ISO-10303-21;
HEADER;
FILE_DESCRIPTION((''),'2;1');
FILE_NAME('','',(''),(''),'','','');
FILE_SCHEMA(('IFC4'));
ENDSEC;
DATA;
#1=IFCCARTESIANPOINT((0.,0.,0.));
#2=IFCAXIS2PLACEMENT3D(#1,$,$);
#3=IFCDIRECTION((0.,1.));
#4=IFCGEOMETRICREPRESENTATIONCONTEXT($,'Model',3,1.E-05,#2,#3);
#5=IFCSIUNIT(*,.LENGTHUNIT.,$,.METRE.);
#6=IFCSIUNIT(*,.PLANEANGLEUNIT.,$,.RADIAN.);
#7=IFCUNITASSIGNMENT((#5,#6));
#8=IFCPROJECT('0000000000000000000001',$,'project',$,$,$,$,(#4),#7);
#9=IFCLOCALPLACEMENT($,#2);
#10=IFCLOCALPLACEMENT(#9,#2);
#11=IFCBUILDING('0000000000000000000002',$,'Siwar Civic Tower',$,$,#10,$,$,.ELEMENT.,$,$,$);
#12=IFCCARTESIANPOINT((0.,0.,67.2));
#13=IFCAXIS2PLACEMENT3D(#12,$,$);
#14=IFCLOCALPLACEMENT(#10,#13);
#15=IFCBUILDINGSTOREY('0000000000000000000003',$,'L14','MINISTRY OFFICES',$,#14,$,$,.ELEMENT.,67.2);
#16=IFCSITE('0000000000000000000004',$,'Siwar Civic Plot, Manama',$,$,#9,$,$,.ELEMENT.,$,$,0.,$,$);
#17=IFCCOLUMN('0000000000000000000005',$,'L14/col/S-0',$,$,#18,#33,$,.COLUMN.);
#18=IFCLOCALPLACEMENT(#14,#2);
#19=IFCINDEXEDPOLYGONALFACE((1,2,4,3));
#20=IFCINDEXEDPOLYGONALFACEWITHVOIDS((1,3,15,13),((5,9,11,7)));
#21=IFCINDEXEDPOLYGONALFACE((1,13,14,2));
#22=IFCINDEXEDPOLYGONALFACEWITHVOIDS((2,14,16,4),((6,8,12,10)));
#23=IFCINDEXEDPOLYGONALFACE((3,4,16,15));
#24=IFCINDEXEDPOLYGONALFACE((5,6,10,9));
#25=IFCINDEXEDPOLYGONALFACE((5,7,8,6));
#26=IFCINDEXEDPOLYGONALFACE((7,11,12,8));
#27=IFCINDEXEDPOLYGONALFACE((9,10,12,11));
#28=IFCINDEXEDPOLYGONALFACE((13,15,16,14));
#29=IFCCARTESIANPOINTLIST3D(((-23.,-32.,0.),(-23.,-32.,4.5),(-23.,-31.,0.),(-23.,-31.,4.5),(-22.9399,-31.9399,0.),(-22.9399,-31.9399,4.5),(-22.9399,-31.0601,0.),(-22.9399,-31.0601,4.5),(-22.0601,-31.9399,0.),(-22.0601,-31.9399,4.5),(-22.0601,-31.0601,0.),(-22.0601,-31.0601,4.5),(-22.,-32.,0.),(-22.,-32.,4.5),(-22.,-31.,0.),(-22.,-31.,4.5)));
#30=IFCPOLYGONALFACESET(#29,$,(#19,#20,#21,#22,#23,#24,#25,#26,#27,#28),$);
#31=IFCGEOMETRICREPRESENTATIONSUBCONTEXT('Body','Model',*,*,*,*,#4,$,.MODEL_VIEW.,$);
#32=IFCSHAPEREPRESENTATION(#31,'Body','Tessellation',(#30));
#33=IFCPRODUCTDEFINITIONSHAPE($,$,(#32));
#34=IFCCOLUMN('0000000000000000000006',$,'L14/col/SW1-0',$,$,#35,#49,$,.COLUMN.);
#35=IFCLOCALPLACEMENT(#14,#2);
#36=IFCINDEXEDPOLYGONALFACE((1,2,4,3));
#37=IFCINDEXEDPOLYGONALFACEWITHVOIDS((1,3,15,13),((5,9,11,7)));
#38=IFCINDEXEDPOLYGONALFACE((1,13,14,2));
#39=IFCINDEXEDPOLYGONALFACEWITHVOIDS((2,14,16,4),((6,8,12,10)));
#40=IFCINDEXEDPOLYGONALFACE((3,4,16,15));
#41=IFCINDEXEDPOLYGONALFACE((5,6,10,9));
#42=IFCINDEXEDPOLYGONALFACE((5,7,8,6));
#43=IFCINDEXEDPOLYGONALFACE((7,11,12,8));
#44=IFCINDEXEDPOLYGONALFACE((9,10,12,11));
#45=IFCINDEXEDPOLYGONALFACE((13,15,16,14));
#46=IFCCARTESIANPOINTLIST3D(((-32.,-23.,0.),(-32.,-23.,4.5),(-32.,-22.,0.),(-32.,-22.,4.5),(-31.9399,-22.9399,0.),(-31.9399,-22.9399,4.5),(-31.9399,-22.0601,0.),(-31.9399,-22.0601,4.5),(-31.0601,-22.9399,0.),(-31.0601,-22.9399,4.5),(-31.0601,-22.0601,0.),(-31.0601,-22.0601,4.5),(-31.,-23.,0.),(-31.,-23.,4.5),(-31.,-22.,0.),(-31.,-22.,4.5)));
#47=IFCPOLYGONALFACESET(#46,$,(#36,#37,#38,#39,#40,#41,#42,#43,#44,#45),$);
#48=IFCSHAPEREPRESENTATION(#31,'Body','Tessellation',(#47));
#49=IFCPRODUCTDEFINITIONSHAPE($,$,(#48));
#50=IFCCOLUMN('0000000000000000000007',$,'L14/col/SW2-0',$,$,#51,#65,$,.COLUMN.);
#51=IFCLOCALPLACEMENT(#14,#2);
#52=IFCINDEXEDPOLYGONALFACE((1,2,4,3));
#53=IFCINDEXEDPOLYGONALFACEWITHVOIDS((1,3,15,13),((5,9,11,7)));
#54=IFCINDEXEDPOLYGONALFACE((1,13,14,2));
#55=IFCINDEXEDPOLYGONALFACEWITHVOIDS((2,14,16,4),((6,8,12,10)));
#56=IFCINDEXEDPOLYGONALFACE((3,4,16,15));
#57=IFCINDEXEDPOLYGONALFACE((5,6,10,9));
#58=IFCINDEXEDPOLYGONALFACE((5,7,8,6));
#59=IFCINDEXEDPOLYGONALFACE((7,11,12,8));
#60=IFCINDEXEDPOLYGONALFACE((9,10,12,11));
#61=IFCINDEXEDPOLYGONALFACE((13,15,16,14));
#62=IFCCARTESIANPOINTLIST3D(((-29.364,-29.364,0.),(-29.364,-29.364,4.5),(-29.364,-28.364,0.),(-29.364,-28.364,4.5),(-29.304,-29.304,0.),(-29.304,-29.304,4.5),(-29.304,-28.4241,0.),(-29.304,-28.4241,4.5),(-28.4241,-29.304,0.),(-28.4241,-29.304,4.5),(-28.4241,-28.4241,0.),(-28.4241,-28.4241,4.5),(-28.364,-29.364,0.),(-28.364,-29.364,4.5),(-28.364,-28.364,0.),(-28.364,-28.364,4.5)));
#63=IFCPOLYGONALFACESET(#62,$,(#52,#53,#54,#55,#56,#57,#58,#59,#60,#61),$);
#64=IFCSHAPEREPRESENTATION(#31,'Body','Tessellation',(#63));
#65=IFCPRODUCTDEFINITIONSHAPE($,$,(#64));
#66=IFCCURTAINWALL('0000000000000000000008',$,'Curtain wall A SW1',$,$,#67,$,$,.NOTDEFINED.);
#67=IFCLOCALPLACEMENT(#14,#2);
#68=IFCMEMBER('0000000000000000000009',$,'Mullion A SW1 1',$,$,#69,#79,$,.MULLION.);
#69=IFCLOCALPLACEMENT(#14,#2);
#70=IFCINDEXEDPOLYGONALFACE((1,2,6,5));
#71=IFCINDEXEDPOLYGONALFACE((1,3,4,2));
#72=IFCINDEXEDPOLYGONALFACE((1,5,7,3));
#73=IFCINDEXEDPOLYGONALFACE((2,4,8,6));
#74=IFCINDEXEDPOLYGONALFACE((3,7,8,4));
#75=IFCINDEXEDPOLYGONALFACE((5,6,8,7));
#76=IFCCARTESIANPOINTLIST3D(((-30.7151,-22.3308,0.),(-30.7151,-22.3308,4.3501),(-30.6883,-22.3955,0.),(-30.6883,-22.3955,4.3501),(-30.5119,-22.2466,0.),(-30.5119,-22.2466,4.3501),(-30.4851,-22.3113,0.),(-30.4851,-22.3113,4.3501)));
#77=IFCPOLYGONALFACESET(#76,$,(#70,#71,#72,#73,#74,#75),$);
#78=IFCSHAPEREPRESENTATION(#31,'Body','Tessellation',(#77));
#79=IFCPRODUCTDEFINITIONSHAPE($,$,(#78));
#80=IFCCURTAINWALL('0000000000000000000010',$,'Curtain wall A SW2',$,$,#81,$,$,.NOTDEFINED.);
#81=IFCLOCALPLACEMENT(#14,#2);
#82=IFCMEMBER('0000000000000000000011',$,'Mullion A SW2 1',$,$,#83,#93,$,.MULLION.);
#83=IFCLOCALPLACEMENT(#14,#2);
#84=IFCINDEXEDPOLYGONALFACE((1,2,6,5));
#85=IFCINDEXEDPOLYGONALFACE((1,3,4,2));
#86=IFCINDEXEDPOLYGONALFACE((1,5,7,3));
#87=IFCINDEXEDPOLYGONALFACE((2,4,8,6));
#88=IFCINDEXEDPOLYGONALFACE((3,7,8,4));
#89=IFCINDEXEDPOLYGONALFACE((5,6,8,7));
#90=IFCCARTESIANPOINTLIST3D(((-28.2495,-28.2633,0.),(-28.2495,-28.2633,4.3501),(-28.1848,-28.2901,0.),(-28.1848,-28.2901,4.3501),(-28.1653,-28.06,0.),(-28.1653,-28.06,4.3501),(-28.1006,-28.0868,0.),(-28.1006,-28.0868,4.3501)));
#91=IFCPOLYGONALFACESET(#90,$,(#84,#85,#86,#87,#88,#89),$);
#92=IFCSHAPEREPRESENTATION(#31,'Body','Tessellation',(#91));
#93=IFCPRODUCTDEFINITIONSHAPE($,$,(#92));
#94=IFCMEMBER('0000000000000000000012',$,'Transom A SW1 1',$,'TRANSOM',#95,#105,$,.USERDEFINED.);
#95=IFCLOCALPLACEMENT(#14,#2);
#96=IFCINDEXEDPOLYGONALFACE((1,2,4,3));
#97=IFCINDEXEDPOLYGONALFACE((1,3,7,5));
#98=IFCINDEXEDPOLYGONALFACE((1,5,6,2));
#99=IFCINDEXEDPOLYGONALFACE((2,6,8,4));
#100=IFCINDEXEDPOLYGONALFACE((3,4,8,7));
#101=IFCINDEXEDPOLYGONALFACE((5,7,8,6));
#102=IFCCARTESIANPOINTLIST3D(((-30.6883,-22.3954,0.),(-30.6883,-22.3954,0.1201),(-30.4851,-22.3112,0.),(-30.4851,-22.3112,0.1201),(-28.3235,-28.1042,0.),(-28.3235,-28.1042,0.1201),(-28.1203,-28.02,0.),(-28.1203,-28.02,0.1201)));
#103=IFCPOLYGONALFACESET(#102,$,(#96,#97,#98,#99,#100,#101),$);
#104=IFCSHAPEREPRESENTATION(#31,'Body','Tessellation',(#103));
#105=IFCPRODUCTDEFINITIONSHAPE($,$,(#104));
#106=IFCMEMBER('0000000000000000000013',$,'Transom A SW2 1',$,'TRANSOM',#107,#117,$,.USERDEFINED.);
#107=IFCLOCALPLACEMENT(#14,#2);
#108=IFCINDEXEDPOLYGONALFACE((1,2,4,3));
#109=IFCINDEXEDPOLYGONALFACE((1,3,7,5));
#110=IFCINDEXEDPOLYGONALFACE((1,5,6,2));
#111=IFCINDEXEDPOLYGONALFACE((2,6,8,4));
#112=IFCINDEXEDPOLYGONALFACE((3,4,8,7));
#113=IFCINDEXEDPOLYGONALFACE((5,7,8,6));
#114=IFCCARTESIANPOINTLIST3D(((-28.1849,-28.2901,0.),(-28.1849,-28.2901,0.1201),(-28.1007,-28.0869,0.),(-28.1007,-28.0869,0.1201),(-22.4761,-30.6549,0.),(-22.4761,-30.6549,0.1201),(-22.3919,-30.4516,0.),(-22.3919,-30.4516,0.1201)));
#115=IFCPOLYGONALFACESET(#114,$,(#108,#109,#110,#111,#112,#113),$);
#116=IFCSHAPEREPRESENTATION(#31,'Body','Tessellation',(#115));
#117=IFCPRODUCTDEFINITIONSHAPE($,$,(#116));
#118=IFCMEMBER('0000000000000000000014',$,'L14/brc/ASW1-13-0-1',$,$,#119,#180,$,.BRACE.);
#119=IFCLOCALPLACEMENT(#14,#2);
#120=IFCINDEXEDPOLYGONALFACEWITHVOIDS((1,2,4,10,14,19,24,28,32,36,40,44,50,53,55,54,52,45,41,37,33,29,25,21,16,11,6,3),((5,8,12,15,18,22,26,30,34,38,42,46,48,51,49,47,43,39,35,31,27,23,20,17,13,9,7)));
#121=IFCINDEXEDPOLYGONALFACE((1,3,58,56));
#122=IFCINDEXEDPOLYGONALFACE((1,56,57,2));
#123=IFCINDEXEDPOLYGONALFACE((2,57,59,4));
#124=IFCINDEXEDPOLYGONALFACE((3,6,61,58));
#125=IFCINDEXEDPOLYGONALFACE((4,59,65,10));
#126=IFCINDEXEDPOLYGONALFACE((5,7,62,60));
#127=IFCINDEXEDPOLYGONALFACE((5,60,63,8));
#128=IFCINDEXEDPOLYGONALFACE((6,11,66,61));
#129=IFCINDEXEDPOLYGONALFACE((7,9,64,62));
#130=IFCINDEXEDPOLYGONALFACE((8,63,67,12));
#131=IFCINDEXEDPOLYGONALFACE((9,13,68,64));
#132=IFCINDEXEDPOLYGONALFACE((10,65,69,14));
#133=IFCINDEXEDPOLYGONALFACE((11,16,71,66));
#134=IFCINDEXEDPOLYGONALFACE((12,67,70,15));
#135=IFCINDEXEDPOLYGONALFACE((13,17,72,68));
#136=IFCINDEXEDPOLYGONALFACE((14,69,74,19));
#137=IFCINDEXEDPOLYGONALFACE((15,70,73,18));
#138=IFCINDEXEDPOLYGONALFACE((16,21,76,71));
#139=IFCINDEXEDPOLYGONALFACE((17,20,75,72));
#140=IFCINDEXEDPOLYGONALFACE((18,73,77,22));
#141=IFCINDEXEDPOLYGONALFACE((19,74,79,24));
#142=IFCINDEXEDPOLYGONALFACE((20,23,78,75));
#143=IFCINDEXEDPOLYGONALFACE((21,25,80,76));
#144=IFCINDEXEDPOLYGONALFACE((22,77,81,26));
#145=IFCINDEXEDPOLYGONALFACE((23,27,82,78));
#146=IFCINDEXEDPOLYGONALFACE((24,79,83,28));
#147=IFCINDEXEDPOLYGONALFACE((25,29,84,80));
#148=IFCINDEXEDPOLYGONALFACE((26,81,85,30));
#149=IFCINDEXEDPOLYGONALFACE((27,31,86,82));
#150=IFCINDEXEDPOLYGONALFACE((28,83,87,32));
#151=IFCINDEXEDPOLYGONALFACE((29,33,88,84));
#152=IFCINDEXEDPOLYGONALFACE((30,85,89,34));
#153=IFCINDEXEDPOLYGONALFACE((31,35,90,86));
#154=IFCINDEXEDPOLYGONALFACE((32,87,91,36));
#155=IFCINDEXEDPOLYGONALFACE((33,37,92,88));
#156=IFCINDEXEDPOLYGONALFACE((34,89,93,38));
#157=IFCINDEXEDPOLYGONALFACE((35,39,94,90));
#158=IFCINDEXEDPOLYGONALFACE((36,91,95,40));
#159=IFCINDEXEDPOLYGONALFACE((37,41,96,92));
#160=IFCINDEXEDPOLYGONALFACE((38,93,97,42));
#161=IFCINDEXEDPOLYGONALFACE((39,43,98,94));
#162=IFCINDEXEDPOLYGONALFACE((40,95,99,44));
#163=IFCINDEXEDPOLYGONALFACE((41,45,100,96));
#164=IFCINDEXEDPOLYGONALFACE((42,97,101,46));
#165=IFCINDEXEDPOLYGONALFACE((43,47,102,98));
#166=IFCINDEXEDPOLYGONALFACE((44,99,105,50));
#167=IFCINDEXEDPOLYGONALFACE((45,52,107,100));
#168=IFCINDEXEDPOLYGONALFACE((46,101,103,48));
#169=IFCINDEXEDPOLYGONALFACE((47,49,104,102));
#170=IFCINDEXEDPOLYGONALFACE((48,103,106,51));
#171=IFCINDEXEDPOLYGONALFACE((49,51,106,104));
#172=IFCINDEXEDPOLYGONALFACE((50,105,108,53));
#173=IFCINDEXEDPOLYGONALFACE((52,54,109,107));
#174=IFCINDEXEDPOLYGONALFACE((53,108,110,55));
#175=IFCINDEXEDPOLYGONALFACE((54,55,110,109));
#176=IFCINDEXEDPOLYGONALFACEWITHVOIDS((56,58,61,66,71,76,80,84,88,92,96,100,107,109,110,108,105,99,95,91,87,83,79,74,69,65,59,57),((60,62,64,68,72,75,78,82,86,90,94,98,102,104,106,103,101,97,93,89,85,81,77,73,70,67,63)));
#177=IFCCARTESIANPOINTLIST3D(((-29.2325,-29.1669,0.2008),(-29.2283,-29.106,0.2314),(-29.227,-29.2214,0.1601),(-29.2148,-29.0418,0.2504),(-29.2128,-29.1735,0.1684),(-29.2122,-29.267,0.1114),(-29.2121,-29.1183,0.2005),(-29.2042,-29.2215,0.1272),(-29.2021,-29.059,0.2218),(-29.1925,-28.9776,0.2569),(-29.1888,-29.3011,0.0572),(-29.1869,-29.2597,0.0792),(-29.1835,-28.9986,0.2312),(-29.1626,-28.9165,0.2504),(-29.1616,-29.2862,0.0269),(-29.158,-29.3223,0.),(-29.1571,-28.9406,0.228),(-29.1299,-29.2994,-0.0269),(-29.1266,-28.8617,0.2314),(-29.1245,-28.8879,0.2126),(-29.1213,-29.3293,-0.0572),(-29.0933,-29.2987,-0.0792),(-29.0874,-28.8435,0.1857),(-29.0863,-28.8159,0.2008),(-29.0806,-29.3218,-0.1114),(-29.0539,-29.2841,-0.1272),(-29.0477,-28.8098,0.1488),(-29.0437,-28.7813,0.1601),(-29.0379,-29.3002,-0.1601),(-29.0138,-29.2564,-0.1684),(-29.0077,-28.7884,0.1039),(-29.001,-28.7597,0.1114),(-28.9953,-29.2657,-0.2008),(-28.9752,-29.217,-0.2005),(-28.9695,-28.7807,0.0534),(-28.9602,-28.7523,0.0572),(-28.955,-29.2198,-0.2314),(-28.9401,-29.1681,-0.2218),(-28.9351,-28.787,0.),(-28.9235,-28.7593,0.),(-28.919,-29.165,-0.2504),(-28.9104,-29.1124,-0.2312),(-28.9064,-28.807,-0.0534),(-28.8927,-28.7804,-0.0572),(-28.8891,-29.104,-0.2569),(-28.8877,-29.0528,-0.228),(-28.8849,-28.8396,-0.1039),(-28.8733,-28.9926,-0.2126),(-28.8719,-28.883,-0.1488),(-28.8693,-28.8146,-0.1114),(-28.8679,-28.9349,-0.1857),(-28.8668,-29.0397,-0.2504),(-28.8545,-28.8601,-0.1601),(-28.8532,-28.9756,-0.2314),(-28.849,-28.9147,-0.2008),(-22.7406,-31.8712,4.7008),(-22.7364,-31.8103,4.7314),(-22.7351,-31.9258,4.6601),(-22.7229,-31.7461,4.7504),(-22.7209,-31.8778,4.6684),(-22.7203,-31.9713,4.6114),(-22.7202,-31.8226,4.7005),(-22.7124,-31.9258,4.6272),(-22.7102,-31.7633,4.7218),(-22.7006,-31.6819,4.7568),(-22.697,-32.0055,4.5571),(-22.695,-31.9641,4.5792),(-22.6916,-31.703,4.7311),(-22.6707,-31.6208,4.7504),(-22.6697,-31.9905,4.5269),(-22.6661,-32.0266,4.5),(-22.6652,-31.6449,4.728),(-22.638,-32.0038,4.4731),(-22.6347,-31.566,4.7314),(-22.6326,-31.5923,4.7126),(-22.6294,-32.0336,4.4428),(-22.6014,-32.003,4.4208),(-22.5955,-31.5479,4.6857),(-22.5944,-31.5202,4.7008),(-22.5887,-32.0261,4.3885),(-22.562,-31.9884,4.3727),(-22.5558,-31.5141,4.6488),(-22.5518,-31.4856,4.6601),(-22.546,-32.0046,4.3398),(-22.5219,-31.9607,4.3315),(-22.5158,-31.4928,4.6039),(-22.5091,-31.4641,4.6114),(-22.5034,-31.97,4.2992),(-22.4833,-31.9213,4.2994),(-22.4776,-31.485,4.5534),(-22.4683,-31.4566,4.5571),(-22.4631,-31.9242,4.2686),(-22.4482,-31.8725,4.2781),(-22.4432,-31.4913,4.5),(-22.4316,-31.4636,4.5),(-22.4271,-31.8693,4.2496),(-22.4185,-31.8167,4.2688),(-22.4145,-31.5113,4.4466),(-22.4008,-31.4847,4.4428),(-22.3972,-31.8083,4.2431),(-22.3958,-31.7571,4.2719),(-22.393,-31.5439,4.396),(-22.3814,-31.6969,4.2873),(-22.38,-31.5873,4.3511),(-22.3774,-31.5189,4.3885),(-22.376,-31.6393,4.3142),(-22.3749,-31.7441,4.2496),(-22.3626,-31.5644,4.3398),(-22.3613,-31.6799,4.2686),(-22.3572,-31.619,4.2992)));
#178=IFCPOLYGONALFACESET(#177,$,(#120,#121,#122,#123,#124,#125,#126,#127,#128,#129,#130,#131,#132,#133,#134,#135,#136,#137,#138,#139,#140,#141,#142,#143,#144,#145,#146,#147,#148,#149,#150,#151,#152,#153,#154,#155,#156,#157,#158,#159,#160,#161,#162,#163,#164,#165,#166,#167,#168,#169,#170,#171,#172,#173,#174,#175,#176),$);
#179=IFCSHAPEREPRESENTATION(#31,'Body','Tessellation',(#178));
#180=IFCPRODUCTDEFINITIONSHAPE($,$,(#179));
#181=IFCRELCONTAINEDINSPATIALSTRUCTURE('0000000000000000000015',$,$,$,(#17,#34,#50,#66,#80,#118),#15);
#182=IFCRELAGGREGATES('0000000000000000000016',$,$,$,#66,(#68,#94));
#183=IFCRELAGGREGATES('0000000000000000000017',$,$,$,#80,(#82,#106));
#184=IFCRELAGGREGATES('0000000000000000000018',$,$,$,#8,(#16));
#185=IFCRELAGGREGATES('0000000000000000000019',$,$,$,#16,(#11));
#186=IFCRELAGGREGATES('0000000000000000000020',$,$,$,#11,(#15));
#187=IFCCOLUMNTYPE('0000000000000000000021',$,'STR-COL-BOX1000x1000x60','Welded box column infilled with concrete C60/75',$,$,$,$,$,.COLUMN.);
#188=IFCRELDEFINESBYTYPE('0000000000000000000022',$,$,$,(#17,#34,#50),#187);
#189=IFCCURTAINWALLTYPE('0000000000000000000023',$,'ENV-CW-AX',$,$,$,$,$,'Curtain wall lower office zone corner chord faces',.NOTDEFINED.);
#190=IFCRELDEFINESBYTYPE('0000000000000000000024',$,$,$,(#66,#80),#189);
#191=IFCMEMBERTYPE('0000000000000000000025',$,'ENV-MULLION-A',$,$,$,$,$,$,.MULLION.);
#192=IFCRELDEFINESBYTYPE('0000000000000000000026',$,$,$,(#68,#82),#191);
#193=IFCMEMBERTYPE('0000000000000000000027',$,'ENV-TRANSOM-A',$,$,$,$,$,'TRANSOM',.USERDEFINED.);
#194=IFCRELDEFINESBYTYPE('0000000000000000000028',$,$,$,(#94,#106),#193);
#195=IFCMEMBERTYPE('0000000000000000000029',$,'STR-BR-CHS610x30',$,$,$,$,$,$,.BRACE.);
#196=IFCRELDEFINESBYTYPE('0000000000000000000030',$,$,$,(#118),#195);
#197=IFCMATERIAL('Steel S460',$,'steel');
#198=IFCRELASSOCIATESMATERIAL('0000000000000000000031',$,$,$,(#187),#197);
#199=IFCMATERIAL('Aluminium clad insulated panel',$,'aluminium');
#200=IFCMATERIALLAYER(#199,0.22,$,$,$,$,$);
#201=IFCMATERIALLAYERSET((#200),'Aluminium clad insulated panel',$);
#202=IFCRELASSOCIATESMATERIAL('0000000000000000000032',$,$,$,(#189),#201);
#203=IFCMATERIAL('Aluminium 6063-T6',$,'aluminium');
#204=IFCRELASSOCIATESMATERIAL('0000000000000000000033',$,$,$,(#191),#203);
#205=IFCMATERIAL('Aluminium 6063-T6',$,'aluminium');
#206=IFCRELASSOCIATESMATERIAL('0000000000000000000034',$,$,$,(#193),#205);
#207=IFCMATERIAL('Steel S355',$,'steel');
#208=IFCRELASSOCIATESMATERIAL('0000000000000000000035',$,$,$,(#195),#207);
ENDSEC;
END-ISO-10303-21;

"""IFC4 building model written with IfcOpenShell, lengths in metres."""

from ifc_helpers import new_model, si_unit, direction, frame, origin, origin_2d, place, context, subcontext, project, spatial, rectangle, hollow_rectangle, hollow_circle, extrude, material, layer, layer_set, material_profile, profile_set, type_object, element, aggregate, save


model = new_model("IFC4")

# Units and contexts
model_context = context("Model", 3, precision=1e-05, world=origin(), true_north=direction((0.0, 1.0)))
body_context = subcontext(model_context, "Body", "Model", "MODEL_VIEW")
ifc_project = project(units=[si_unit("LENGTHUNIT", "METRE"), si_unit("PLANEANGLEUNIT", "RADIAN")], contexts=[model_context])

# Site, building, storey
site_placement = place(None, origin())
site = spatial("IfcSite", under=ifc_project, at=site_placement, Name="Siwar Civic Plot, Manama", CompositionType="ELEMENT", RefElevation=0.0)
building_placement = place(site_placement, origin())
building = spatial("IfcBuilding", under=site, at=building_placement, Name="Siwar Civic Tower", CompositionType="ELEMENT")
storey_placement = place(building_placement, frame((0.0, 0.0, 67.2)))
storey = spatial("IfcBuildingStorey", under=building, at=storey_placement, Name="L14", Description="MINISTRY OFFICES", CompositionType="ELEMENT", Elevation=67.2)

# Columns
ifc_material_1 = material(Name="Steel S460", Category="steel")
ifc_material_profile_1 = material_profile(ifc_material_1, hollow_rectangle(XDim=1.0, YDim=1.0, WallThickness=0.0601, at=origin_2d()), Name="BOX1000x1000x60")
ifc_profile_set_1 = profile_set([ifc_material_profile_1], Name="Steel S460")
column_type = type_object("IfcColumnType", Name="STR-COL-BOX1000x1000x60", Description="Welded box column infilled with concrete C60/75", PredefinedType="COLUMN", material=ifc_profile_set_1)
for number, where, z_axis, x_axis, name in (
    (1, (-22.5, -31.5, 0.0), (0.0, 0.0, 1.0), (1.0, 0.0, 0.0), "L14/col/S-0"),
    (2, (-31.5, -22.5, 0.0), (0.0, 0.0, 1.0), (1.0, 0.0, 0.0), "L14/col/SW1-0"),
    (3, (-28.864, -28.864, 0.0), (0.0, 0.0, 1.0), (1.0, 0.0, 0.0), "L14/col/SW2-0"),
):
    element("IfcColumn", number, at=place(storey_placement, frame(where, z_axis=z_axis, x_axis=x_axis)), inside=storey, type_object=column_type, Name=name, PredefinedType="COLUMN", context=body_context, shape_type="SweptSolid", body=[
        extrude(hollow_rectangle(XDim=1.0, YDim=1.0, WallThickness=0.0601, at=origin_2d()), origin(), (0.0, 0.0, 1.0), 4.5),
    ])

# Curtain walls, members
ifc_material_2 = material(Name="Aluminium clad insulated panel", Category="aluminium")
ifc_layer_1 = layer(ifc_material_2, 0.22)
ifc_layer_set_1 = layer_set([ifc_layer_1], Name="Aluminium clad insulated panel")
curtain_wall_type = type_object("IfcCurtainWallType", Name="ENV-CW-AX", ElementType="Curtain wall lower office zone corner chord faces", PredefinedType="NOTDEFINED", material=ifc_layer_set_1)
curtain_wall_1_placement = place(storey_placement, origin())
curtain_wall_1 = element("IfcCurtainWall", 4, at=curtain_wall_1_placement, inside=storey, type_object=curtain_wall_type, Name="Curtain wall A SW1", PredefinedType="NOTDEFINED")
ifc_material_3 = material(Name="Aluminium 6063-T6", Category="aluminium")
ifc_material_profile_2 = material_profile(ifc_material_3, rectangle(XDim=0.22, YDim=0.0701, at=origin_2d()), Name="AL 220x70")
ifc_profile_set_2 = profile_set([ifc_material_profile_2], Name="Aluminium 6063-T6")
member_type_1 = type_object("IfcMemberType", Name="ENV-MULLION-A", PredefinedType="MULLION", material=ifc_profile_set_2)
member_1_placement = place(storey_placement, frame((-30.6001, -22.321, 0.0), z_axis=(0.0, 0.0, 1.0), x_axis=(0.92388, 0.382683, 0.0)))
member_1 = element("IfcMember", 5, at=member_1_placement, type_object=member_type_1, Name="Mullion A SW1 1", PredefinedType="MULLION", context=body_context, shape_type="SweptSolid", body=[
    extrude(rectangle(XDim=0.22, YDim=0.0701, at=origin_2d()), origin(), (0.0, 0.0, 1.0), 4.3501),
])
curtain_wall_2_placement = place(storey_placement, origin())
curtain_wall_2 = element("IfcCurtainWall", 6, at=curtain_wall_2_placement, inside=storey, type_object=curtain_wall_type, Name="Curtain wall A SW2", PredefinedType="NOTDEFINED")
member_2_placement = place(storey_placement, frame((-28.175, -28.175, 0.0), z_axis=(0.0, 0.0, 1.0), x_axis=(0.382683, 0.92388, 0.0)))
member_2 = element("IfcMember", 7, at=member_2_placement, type_object=member_type_1, Name="Mullion A SW2 1", PredefinedType="MULLION", context=body_context, shape_type="SweptSolid", body=[
    extrude(rectangle(XDim=0.22, YDim=0.0701, at=origin_2d()), origin(), (0.0, 0.0, 1.0), 4.3501),
])

# Members
ifc_material_4 = material(Name="Aluminium 6063-T6", Category="aluminium")
ifc_material_profile_3 = material_profile(ifc_material_4, rectangle(XDim=0.22, YDim=0.1201, at=origin_2d()), Name="AL 220x120")
ifc_profile_set_3 = profile_set([ifc_material_profile_3], Name="Aluminium 6063-T6")
member_type_2 = type_object("IfcMemberType", Name="ENV-TRANSOM-A", ElementType="TRANSOM", PredefinedType="USERDEFINED", material=ifc_profile_set_3)
member_3_placement = place(storey_placement, frame((-30.5867, -22.3533, 0.0601), z_axis=(0.382698, -0.923873, 0.0), x_axis=(0.923873, 0.382698, 0.0)))
member_3 = element("IfcMember", 8, at=member_3_placement, type_object=member_type_2, Name="Transom A SW1 1", ObjectType="TRANSOM", PredefinedType="USERDEFINED", context=body_context, shape_type="SweptSolid", body=[
    extrude(rectangle(XDim=0.22, YDim=0.1201, at=origin_2d()), origin(), (0.0, 0.0, 1.0), 6.1792),
])
member_4_placement = place(storey_placement, frame((-28.1428, -28.1885, 0.0601), z_axis=(0.923873, -0.382698, 0.0), x_axis=(0.382698, 0.923873, 0.0)))
member_4 = element("IfcMember", 9, at=member_4_placement, type_object=member_type_2, Name="Transom A SW2 1", ObjectType="TRANSOM", PredefinedType="USERDEFINED", context=body_context, shape_type="SweptSolid", body=[
    extrude(rectangle(XDim=0.22, YDim=0.1201, at=origin_2d()), origin(), (0.0, 0.0, 1.0), 6.1792),
])

# Member
ifc_material_5 = material(Name="Steel S355", Category="steel")
ifc_material_profile_4 = material_profile(ifc_material_5, hollow_circle(Radius=0.3049, WallThickness=0.03, at=origin_2d()), Name="CHS610x30")
ifc_profile_set_4 = profile_set([ifc_material_profile_4], Name="Steel S355")
member_type_3 = type_object("IfcMemberType", Name="STR-BR-CHS610x30", PredefinedType="BRACE", material=ifc_profile_set_4)
member_5_placement = place(storey_placement, frame((-29.0408, -29.0408, 0.0), z_axis=(0.777555, -0.323906, 0.538975), x_axis=(0.384539, 0.923109, 0.0)))
element("IfcMember", 10, at=member_5_placement, inside=storey, type_object=member_type_3, Name="L14/brc/ASW1-13-0-1", PredefinedType="BRACE", context=body_context, shape_type="SweptSolid", body=[
    extrude(hollow_circle(Radius=0.3049, WallThickness=0.03, at=origin_2d()), origin(), (0.0, 0.0, 1.0), 8.3491),
])

aggregate(curtain_wall_1, [member_1, member_3])
aggregate(curtain_wall_2, [member_2, member_4])

save(model, "model.ifc")
